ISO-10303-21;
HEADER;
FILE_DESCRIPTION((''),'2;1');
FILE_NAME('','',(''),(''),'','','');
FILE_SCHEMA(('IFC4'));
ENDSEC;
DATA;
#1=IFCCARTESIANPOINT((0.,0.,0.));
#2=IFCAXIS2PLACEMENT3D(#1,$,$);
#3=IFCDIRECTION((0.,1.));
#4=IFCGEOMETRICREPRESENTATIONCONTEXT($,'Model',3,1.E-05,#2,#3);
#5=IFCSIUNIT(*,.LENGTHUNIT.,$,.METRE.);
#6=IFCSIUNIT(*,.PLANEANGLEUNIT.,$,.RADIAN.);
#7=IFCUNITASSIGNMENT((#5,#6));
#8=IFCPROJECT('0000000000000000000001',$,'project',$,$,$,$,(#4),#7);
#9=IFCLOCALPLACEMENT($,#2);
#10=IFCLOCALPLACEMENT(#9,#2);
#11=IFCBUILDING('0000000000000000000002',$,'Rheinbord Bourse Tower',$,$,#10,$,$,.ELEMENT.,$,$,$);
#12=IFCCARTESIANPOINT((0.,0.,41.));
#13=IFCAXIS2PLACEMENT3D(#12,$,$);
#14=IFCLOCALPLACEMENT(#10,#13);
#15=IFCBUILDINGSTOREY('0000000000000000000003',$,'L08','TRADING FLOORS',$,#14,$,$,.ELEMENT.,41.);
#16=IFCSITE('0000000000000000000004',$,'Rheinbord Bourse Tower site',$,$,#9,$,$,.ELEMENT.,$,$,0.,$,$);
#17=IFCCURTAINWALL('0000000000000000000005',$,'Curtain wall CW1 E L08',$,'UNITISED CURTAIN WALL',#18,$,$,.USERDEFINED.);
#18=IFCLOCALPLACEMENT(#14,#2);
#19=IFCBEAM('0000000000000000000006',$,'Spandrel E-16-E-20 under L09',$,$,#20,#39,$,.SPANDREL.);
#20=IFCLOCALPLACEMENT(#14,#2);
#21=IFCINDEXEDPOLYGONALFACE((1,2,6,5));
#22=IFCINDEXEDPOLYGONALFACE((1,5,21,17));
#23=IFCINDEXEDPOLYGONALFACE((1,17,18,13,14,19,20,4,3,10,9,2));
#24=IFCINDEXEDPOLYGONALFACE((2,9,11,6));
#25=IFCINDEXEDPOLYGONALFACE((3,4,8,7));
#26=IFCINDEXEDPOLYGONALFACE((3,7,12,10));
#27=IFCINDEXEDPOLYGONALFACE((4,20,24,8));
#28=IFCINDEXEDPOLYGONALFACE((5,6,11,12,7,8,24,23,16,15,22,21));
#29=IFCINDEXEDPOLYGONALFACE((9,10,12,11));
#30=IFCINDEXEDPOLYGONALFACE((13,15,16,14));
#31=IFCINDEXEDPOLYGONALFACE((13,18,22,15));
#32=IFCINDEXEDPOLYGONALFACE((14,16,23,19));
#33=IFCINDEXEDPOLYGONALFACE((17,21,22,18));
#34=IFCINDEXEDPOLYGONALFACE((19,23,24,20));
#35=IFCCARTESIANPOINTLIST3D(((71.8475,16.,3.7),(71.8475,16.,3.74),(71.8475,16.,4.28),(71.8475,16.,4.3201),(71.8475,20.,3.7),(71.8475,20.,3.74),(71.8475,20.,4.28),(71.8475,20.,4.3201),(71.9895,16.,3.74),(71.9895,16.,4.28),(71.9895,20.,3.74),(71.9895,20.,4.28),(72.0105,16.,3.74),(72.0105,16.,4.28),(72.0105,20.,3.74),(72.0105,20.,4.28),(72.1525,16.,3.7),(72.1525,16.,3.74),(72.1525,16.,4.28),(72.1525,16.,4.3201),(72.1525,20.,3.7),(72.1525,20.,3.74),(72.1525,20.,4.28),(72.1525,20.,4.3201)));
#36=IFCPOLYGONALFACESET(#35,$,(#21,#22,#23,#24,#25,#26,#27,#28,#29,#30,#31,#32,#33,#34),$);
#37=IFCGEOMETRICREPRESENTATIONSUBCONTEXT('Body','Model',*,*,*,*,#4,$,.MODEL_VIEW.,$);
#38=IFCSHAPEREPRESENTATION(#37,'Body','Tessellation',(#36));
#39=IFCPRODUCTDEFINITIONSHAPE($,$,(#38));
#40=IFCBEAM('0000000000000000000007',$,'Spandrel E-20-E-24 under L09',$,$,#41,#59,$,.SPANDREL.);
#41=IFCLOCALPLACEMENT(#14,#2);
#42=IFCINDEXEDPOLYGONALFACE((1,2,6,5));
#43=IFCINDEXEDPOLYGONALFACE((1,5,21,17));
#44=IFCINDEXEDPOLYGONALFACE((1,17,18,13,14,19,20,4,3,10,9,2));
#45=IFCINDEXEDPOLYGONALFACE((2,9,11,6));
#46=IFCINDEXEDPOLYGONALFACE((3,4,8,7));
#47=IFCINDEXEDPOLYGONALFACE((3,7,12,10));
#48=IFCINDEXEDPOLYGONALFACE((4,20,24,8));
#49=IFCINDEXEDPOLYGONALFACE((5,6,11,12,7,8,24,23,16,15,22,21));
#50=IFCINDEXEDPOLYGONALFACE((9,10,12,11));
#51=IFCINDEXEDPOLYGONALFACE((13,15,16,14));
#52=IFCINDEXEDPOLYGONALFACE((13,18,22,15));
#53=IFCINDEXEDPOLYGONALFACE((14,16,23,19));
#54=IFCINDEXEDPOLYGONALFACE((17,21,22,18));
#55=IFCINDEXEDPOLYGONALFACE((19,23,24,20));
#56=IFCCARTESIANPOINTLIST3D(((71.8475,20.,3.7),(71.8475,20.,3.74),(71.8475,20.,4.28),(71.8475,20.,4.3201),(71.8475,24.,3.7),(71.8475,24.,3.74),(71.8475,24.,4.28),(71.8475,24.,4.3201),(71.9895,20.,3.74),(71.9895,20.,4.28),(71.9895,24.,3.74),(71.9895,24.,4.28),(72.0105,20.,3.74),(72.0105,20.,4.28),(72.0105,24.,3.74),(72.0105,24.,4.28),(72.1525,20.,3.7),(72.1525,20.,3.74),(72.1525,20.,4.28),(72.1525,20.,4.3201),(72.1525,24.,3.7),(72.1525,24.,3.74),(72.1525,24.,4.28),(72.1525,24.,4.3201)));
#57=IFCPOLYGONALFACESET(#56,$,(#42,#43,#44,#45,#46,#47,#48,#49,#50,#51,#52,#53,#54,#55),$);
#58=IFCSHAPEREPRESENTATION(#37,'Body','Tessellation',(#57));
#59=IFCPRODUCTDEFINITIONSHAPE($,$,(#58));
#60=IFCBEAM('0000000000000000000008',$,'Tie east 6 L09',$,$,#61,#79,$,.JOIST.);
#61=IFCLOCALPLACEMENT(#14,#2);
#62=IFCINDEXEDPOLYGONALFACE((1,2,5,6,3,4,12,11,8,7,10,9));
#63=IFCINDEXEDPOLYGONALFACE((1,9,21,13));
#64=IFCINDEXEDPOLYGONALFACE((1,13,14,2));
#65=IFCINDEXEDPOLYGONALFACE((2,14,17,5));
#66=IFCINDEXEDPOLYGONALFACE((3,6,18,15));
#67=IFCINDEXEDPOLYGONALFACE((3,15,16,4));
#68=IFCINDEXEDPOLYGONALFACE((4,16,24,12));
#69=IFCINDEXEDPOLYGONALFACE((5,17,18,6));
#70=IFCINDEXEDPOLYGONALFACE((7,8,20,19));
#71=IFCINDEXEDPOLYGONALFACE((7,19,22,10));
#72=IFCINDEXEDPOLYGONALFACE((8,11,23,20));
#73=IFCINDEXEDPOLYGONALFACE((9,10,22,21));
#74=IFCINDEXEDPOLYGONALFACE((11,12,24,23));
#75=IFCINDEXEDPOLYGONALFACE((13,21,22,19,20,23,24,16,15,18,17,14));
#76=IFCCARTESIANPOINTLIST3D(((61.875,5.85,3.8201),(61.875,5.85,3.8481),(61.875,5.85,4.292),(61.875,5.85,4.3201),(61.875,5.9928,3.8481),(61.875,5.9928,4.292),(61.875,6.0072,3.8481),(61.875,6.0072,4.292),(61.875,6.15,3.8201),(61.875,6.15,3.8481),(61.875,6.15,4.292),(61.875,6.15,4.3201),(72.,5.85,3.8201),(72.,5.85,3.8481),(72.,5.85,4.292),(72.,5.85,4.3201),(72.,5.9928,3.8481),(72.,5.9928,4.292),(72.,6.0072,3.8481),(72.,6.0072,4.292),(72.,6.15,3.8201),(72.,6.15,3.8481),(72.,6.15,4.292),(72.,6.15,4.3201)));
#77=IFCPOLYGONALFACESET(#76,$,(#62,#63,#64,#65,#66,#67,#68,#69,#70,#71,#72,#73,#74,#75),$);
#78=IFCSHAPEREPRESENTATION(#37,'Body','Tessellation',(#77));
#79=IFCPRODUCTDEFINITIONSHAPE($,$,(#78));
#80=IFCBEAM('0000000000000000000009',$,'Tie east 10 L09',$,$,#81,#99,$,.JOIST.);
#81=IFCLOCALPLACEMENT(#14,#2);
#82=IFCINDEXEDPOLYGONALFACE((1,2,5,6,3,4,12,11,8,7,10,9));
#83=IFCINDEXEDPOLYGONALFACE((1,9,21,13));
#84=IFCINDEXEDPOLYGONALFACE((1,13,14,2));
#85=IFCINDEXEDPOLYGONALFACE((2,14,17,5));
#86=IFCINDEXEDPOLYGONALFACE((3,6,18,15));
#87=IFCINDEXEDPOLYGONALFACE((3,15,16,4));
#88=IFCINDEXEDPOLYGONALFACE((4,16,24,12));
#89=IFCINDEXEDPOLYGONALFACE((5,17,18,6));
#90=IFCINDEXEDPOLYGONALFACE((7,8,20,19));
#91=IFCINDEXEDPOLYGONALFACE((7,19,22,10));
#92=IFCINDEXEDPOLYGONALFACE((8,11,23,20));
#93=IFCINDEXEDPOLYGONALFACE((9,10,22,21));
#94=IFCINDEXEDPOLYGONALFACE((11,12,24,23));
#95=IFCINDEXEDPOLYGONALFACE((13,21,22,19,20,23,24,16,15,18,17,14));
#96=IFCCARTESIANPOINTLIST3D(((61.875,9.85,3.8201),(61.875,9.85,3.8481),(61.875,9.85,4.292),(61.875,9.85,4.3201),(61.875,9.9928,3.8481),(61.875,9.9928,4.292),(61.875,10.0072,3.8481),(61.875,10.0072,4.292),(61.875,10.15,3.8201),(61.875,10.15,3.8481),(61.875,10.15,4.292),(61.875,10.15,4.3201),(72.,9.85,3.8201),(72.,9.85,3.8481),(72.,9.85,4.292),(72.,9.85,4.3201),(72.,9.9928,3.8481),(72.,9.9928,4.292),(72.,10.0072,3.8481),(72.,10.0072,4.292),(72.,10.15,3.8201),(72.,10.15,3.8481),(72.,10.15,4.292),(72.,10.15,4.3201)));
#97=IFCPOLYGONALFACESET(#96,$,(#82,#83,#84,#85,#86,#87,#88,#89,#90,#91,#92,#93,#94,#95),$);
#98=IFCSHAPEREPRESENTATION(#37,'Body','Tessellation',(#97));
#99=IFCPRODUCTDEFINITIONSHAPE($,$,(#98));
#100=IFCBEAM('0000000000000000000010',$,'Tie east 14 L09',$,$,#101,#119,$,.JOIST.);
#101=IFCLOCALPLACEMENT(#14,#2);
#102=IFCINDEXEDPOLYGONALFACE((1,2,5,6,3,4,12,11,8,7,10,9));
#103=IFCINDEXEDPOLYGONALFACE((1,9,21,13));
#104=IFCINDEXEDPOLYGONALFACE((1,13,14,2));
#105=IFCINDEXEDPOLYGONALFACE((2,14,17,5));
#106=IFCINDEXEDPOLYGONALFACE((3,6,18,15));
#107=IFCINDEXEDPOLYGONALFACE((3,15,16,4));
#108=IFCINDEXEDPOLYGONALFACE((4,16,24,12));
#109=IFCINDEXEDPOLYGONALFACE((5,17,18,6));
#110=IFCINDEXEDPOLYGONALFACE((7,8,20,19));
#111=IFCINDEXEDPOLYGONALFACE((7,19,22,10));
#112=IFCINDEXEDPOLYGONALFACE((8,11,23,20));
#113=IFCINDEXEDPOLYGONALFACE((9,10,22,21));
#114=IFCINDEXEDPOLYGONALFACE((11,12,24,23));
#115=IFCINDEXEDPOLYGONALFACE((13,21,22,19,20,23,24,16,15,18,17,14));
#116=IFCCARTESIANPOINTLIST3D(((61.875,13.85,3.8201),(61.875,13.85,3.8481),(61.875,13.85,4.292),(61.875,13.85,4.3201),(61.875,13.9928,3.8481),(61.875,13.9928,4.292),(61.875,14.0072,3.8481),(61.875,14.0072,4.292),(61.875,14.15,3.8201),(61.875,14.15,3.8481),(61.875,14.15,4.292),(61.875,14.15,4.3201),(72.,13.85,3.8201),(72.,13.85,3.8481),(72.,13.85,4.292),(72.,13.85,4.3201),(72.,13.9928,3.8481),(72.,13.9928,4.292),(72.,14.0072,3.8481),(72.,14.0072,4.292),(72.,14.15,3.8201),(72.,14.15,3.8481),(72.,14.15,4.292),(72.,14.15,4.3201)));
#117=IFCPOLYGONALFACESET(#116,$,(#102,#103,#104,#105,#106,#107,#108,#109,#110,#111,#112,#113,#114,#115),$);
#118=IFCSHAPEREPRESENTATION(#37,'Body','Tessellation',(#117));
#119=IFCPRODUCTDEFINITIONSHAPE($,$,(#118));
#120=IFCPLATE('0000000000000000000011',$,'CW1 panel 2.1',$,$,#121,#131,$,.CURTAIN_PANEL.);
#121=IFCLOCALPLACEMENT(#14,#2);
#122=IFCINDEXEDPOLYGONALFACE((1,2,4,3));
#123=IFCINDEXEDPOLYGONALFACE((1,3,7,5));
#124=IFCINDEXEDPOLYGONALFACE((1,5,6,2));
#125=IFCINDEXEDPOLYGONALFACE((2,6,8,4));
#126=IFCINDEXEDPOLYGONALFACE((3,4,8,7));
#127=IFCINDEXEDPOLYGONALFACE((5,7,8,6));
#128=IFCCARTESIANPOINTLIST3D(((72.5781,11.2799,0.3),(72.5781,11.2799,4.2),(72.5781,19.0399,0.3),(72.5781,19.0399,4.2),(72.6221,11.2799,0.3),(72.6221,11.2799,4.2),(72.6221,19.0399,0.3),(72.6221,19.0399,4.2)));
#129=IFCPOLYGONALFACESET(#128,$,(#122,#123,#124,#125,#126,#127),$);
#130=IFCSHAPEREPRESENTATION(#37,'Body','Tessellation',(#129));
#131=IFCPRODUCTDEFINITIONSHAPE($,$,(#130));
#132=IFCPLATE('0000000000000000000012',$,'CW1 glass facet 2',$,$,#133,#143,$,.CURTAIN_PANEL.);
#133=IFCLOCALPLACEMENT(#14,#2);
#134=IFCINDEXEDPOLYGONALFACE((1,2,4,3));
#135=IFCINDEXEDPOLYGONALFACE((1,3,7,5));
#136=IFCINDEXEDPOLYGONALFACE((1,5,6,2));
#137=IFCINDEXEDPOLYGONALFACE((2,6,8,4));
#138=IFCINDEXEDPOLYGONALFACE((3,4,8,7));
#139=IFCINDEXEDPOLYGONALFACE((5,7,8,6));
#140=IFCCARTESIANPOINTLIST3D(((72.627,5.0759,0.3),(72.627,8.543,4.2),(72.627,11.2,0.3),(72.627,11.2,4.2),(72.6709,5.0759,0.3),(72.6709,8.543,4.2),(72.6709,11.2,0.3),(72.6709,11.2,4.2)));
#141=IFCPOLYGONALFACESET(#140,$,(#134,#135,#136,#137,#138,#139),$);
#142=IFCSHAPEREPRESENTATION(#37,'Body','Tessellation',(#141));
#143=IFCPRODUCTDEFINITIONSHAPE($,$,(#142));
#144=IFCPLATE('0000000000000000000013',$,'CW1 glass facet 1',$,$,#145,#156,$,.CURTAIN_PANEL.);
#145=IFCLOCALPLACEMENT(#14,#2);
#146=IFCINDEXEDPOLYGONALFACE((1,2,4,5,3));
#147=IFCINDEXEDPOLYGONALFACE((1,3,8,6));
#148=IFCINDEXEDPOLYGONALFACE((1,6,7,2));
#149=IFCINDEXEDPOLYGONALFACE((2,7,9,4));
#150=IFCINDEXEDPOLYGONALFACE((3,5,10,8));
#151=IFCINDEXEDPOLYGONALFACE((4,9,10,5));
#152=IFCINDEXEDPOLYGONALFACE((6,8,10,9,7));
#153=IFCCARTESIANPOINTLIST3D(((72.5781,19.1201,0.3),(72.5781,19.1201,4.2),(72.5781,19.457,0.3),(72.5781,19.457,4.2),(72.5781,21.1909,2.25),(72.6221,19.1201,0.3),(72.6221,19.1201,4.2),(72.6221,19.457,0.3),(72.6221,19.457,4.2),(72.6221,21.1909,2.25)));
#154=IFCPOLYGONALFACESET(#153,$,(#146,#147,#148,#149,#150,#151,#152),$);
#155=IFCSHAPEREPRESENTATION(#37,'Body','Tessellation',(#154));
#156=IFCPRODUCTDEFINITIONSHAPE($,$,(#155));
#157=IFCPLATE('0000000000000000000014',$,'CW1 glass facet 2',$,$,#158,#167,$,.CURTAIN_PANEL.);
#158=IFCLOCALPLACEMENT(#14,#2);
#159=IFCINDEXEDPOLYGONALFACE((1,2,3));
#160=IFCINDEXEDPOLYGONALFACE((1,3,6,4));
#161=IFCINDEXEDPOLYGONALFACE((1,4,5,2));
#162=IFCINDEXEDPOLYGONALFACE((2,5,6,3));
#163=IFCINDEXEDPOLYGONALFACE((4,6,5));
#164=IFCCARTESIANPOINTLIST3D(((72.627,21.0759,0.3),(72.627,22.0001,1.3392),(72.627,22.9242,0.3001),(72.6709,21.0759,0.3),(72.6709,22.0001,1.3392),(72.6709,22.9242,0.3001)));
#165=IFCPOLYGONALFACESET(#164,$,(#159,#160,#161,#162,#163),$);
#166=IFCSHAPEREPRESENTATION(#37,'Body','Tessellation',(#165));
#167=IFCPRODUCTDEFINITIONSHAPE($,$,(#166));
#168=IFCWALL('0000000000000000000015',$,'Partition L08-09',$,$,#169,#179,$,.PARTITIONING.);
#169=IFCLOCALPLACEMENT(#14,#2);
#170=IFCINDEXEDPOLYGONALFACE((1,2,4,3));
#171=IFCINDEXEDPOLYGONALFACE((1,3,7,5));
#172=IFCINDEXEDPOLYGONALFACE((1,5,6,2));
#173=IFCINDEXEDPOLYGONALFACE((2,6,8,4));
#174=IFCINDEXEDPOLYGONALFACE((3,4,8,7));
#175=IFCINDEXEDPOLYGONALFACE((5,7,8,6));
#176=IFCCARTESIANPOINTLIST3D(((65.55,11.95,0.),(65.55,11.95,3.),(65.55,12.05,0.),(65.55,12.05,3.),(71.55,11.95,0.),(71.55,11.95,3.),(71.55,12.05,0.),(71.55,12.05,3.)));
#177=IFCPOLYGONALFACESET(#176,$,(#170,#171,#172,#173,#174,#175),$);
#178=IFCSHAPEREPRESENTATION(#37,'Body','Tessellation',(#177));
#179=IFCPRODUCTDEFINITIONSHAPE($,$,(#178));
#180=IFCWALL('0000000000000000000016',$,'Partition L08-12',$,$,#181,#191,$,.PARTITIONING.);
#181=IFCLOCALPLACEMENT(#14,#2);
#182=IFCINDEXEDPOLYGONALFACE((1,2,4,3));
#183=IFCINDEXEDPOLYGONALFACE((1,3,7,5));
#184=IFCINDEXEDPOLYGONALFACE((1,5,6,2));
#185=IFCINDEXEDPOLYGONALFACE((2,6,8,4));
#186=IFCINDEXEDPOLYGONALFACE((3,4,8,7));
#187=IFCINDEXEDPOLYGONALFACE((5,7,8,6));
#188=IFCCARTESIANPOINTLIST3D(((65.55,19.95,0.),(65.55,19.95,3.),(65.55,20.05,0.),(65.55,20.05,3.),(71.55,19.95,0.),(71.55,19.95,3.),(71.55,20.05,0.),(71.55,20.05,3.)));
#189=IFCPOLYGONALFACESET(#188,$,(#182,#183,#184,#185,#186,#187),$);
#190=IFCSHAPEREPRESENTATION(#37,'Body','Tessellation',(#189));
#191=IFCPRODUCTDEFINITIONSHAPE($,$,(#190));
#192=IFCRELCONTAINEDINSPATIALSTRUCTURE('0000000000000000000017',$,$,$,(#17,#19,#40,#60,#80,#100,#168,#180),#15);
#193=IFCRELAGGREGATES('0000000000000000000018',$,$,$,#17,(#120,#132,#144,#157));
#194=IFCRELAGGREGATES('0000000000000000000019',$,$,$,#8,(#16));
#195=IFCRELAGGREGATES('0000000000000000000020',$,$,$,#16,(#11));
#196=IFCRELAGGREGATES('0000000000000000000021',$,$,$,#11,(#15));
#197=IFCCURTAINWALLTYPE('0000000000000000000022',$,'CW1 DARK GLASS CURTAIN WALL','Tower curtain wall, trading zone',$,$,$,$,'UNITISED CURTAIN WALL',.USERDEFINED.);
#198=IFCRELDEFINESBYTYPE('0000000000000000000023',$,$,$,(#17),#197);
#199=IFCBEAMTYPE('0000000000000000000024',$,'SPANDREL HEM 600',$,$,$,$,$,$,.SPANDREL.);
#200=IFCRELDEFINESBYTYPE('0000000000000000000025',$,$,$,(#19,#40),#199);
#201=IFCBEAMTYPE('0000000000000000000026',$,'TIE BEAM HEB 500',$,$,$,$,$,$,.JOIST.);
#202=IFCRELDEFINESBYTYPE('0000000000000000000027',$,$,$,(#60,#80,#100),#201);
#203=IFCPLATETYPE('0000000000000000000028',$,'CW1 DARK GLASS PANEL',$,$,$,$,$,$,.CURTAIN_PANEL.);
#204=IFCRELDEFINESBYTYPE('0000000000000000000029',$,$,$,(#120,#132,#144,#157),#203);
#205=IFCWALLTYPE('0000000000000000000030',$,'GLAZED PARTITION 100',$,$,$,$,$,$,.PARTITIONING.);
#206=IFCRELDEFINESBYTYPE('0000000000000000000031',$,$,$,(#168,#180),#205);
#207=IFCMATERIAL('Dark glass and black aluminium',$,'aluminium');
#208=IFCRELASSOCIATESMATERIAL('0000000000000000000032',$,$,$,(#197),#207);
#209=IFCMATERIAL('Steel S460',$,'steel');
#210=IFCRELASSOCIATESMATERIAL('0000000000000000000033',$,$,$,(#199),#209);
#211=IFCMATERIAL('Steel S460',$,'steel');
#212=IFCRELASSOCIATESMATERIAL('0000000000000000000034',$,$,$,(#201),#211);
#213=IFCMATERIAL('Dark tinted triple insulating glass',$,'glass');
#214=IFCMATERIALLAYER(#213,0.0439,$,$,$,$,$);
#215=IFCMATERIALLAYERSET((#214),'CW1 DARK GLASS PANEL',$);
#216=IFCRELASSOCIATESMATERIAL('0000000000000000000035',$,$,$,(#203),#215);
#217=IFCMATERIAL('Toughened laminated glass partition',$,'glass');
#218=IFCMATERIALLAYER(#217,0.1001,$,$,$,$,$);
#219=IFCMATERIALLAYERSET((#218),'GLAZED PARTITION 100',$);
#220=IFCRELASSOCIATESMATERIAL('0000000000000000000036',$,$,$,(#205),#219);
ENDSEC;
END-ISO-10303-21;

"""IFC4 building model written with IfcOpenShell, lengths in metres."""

from ifc_helpers import new_model, si_unit, direction, frame, frame_2d, origin, origin_2d, place, context, subcontext, project, spatial, polyline, rectangle, i_section, outline, extrude, material, layer, layer_set, material_profile, profile_set, type_object, element, aggregate, save


model = new_model("IFC4")

# Units and contexts
model_context = context("Model", 3, precision=1e-05, world=origin(), true_north=direction((0.0, 1.0)))
body_context = subcontext(model_context, "Body", "Model", "MODEL_VIEW")
ifc_project = project(units=[si_unit("LENGTHUNIT", "METRE"), si_unit("PLANEANGLEUNIT", "RADIAN")], contexts=[model_context])

# Site, building, storey
site_placement = place(None, origin())
site = spatial("IfcSite", under=ifc_project, at=site_placement, Name="Rheinbord Bourse Tower site", CompositionType="ELEMENT", RefElevation=0.0)
building_placement = place(site_placement, origin())
building = spatial("IfcBuilding", under=site, at=building_placement, Name="Rheinbord Bourse Tower", CompositionType="ELEMENT")
storey_placement = place(building_placement, frame((0.0, 0.0, 41.0)))
storey = spatial("IfcBuildingStorey", under=building, at=storey_placement, Name="L08", Description="TRADING FLOORS", CompositionType="ELEMENT", Elevation=41.0)

# Curtain wall
ifc_material_1 = material(Name="Dark glass and black aluminium", Category="aluminium")
curtain_wall_type = type_object("IfcCurtainWallType", Name="CW1 DARK GLASS CURTAIN WALL", Description="Tower curtain wall, trading zone", ElementType="UNITISED CURTAIN WALL", PredefinedType="USERDEFINED", material=ifc_material_1)
curtain_wall_placement = place(storey_placement, origin())
curtain_wall = element("IfcCurtainWall", 1, at=curtain_wall_placement, inside=storey, type_object=curtain_wall_type, Name="Curtain wall CW1 E L08", ObjectType="UNITISED CURTAIN WALL", PredefinedType="USERDEFINED")

# Beams
ifc_material_2 = material(Name="Steel S460", Category="steel")
ifc_material_profile_1 = material_profile(ifc_material_2, i_section(OverallWidth=0.3049, OverallDepth=0.6201, WebThickness=0.021, FlangeThickness=0.04, at=origin_2d()), Name="HEM 600")
ifc_profile_set_1 = profile_set([ifc_material_profile_1], Name="Steel S460")
beam_type_1 = type_object("IfcBeamType", Name="SPANDREL HEM 600", PredefinedType="SPANDREL", material=ifc_profile_set_1)
for number, where, z_axis, x_axis, name in (
    (2, (72.0, 16.0, 4.01), (0.0, 1.0, 0.0), (-1.0, 0.0, 0.0), "Spandrel E-16-E-20 under L09"),
    (3, (72.0, 20.0, 4.01), (0.0, 1.0, 0.0), (-1.0, 0.0, 0.0), "Spandrel E-20-E-24 under L09"),
):
    element("IfcBeam", number, at=place(storey_placement, frame(where, z_axis=z_axis, x_axis=x_axis)), inside=storey, type_object=beam_type_1, Name=name, PredefinedType="SPANDREL", context=body_context, shape_type="SweptSolid", body=[
        extrude(i_section(OverallWidth=0.3049, OverallDepth=0.6201, WebThickness=0.021, FlangeThickness=0.04, at=origin_2d()), origin(), (0.0, 0.0, 1.0), 4.0),
    ])
ifc_material_3 = material(Name="Steel S460", Category="steel")
ifc_material_profile_2 = material_profile(ifc_material_3, i_section(OverallWidth=0.3, OverallDepth=0.5, WebThickness=0.0144, FlangeThickness=0.0281, at=origin_2d()), Name="HEB 500")
ifc_profile_set_2 = profile_set([ifc_material_profile_2], Name="Steel S460")
beam_type_2 = type_object("IfcBeamType", Name="TIE BEAM HEB 500", PredefinedType="JOIST", material=ifc_profile_set_2)
for number, where, z_axis, x_axis, name in (
    (4, (61.875, 6.0, 4.0701), (1.0, 0.0, 0.0), (0.0, 1.0, 0.0), "Tie east 6 L09"),
    (5, (61.875, 10.0, 4.0701), (1.0, 0.0, 0.0), (0.0, 1.0, 0.0), "Tie east 10 L09"),
    (6, (61.875, 14.0, 4.0701), (1.0, 0.0, 0.0), (0.0, 1.0, 0.0), "Tie east 14 L09"),
):
    element("IfcBeam", number, at=place(storey_placement, frame(where, z_axis=z_axis, x_axis=x_axis)), inside=storey, type_object=beam_type_2, Name=name, PredefinedType="JOIST", context=body_context, shape_type="SweptSolid", body=[
        extrude(i_section(OverallWidth=0.3, OverallDepth=0.5, WebThickness=0.0144, FlangeThickness=0.0281, at=origin_2d()), origin(), (0.0, 0.0, 1.0), 10.125),
    ])

# Plates
ifc_material_4 = material(Name="Dark tinted triple insulating glass", Category="glass")
ifc_layer_1 = layer(ifc_material_4, 0.0439)
ifc_layer_set_1 = layer_set([ifc_layer_1], Name="CW1 DARK GLASS PANEL")
plate_type = type_object("IfcPlateType", Name="CW1 DARK GLASS PANEL", PredefinedType="CURTAIN_PANEL", material=ifc_layer_set_1)
plate_1_placement = place(storey_placement, frame((72.6001, 15.1599, 0.3), z_axis=(0.0, 0.0, 1.0), x_axis=(0.0, 1.0, 0.0)))
plate_1 = element("IfcPlate", 7, at=plate_1_placement, type_object=plate_type, Name="CW1 panel 2.1", PredefinedType="CURTAIN_PANEL", context=body_context, shape_type="SweptSolid", body=[
    extrude(rectangle(XDim=7.76, YDim=0.0439, at=origin_2d()), origin(), (0.0, 0.0, 1.0), 3.8999),
])
plate_2_placement = place(storey_placement, frame((72.6709, 11.2, 4.2), z_axis=(-1.0, 0.0, 0.0), x_axis=(0.0, 0.0, -1.0)))
plate_2 = element("IfcPlate", 8, at=plate_2_placement, type_object=plate_type, Name="CW1 glass facet 2", PredefinedType="CURTAIN_PANEL", context=body_context, shape_type="SweptSolid", body=[
    extrude(outline(polyline([(0.0, 0.0), (3.8999, 0.0), (3.8999, 6.124), (0.0, 2.657), (0.0, 0.0)])), origin(), (0.0, 0.0, 1.0), 0.0439),
])
plate_3_placement = place(storey_placement, frame((72.6221, 19.1201, 0.3), z_axis=(-1.0, 0.0, 0.0), x_axis=(0.0, 0.0, 1.0)))
plate_3 = element("IfcPlate", 9, at=plate_3_placement, type_object=plate_type, Name="CW1 glass facet 1", PredefinedType="CURTAIN_PANEL", context=body_context, shape_type="SweptSolid", body=[
    extrude(outline(polyline([(0.0, 0.0), (3.8999, 0.0), (3.8999, 0.3369), (1.95, 2.0708), (0.0, 0.3369), (0.0, 0.0)])), origin(), (0.0, 0.0, 1.0), 0.0439),
])
plate_4_placement = place(storey_placement, frame((72.6709, 21.0759, 0.3), z_axis=(-1.0, 0.0, 0.0), x_axis=(0.0, 0.664549, 0.747245)))
plate_4 = element("IfcPlate", 10, at=plate_4_placement, type_object=plate_type, Name="CW1 glass facet 2", PredefinedType="CURTAIN_PANEL", context=body_context, shape_type="SweptSolid", body=[
    extrude(outline(polyline([(0.0, 0.0), (1.3906, 0.0), (1.2283, 1.3811), (0.0, 0.0)])), origin(), (0.0, 0.0, 1.0), 0.0439),
])
aggregate(curtain_wall, [plate_1, plate_2, plate_3, plate_4])

# Walls
ifc_material_5 = material(Name="Toughened laminated glass partition", Category="glass")
ifc_layer_2 = layer(ifc_material_5, 0.1001)
ifc_layer_set_2 = layer_set([ifc_layer_2], Name="GLAZED PARTITION 100")
wall_type_1 = type_object("IfcWallType", Name="GLAZED PARTITION 100", PredefinedType="PARTITIONING", material=ifc_layer_set_2)
for number, where, z_axis, x_axis, name in (
    (11, (65.55, 12.0, 0.0), (0.0, 0.0, 1.0), (1.0, 0.0, 0.0), "Partition L08-09"),
    (12, (65.55, 20.0, 0.0), (0.0, 0.0, 1.0), (1.0, 0.0, 0.0), "Partition L08-12"),
):
    element("IfcWall", number, at=place(storey_placement, frame(where, z_axis=z_axis, x_axis=x_axis)), inside=storey, type_object=wall_type_1, Name=name, PredefinedType="PARTITIONING", context=body_context, shape_type="SweptSolid", body=[
        extrude(rectangle(XDim=6.0, YDim=0.1001, at=frame_2d((3.0, 0.0))), origin(), (0.0, 0.0, 1.0), 3.0),
    ])

save(model, "model.ifc")
